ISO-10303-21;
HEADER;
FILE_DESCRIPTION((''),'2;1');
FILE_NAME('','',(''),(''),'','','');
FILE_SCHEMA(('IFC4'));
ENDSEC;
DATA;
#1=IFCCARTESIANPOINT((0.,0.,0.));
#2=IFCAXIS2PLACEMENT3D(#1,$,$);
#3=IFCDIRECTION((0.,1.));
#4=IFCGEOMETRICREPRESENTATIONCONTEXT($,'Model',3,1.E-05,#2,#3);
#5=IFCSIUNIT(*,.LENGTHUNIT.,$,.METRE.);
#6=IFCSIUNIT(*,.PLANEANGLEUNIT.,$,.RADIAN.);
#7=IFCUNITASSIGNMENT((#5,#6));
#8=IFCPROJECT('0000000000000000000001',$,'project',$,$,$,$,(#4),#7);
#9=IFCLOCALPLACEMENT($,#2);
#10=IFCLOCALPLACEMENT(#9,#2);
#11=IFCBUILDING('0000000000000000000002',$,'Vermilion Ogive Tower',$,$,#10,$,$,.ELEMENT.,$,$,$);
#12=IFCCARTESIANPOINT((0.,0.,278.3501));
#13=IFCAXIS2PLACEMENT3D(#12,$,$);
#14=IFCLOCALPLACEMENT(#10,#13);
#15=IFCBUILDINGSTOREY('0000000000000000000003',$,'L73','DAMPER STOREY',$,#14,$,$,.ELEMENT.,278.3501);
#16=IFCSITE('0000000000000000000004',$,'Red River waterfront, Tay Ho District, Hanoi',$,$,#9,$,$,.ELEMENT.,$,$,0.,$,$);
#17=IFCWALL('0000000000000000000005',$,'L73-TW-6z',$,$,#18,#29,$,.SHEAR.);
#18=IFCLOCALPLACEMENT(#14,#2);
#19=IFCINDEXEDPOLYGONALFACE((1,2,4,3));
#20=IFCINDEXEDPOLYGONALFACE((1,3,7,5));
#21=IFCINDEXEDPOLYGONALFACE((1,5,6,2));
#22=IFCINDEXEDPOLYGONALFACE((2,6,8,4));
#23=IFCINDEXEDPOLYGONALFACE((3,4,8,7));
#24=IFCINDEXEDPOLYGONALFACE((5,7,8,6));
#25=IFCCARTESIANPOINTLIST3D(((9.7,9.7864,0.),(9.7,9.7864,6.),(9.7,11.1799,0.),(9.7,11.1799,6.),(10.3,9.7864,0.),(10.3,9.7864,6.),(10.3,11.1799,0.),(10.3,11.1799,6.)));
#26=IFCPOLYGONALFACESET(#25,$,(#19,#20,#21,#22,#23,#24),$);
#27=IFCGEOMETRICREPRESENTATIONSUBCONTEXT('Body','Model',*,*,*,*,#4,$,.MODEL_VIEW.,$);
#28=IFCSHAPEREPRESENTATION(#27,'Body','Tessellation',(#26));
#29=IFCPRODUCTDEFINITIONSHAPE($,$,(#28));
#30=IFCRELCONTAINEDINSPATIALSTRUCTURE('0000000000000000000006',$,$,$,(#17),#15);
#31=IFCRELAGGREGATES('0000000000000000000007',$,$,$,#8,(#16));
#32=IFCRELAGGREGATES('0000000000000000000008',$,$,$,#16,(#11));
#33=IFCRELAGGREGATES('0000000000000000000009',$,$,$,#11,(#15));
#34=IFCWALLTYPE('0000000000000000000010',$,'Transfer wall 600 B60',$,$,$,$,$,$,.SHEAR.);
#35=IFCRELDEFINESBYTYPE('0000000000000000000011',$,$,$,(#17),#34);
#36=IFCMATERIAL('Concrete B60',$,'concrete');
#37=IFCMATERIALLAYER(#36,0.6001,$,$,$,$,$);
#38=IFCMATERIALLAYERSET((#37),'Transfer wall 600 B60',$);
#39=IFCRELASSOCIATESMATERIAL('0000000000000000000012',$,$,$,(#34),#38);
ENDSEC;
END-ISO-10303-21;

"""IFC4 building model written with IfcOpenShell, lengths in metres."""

from ifc_helpers import new_model, si_unit, direction, frame, frame_2d, origin, place, context, subcontext, project, spatial, rectangle, extrude, material, layer, layer_set, type_object, element, save


model = new_model("IFC4")

# Units and contexts
model_context = context("Model", 3, precision=1e-05, world=origin(), true_north=direction((0.0, 1.0)))
body_context = subcontext(model_context, "Body", "Model", "MODEL_VIEW")
ifc_project = project(units=[si_unit("LENGTHUNIT", "METRE"), si_unit("PLANEANGLEUNIT", "RADIAN")], contexts=[model_context])

# Site, building, storey
site_placement = place(None, origin())
site = spatial("IfcSite", under=ifc_project, at=site_placement, Name="Red River waterfront, Tay Ho District, Hanoi", CompositionType="ELEMENT", RefElevation=0.0)
building_placement = place(site_placement, origin())
building = spatial("IfcBuilding", under=site, at=building_placement, Name="Vermilion Ogive Tower", CompositionType="ELEMENT")
storey_placement = place(building_placement, frame((0.0, 0.0, 278.3501)))
storey = spatial("IfcBuildingStorey", under=building, at=storey_placement, Name="L73", Description="DAMPER STOREY", CompositionType="ELEMENT", Elevation=278.3501)

# Wall
ifc_material_1 = material(Name="Concrete B60", Category="concrete")
ifc_layer_1 = layer(ifc_material_1, 0.6001)
ifc_layer_set_1 = layer_set([ifc_layer_1], Name="Transfer wall 600 B60")
wall_type_1 = type_object("IfcWallType", Name="Transfer wall 600 B60", PredefinedType="SHEAR", material=ifc_layer_set_1)
wall_1_placement = place(storey_placement, frame((10.0, 9.7864, 0.0), z_axis=(0.0, 0.0, 1.0), x_axis=(0.0, 1.0, 0.0)))
element("IfcWall", 1, at=wall_1_placement, inside=storey, type_object=wall_type_1, Name="L73-TW-6z", PredefinedType="SHEAR", context=body_context, shape_type="SweptSolid", body=[
    extrude(rectangle(XDim=1.3936, YDim=0.6001, at=frame_2d((0.6968, 0.0))), origin(), (0.0, 0.0, 1.0), 6.0),
])

save(model, "model.ifc")
